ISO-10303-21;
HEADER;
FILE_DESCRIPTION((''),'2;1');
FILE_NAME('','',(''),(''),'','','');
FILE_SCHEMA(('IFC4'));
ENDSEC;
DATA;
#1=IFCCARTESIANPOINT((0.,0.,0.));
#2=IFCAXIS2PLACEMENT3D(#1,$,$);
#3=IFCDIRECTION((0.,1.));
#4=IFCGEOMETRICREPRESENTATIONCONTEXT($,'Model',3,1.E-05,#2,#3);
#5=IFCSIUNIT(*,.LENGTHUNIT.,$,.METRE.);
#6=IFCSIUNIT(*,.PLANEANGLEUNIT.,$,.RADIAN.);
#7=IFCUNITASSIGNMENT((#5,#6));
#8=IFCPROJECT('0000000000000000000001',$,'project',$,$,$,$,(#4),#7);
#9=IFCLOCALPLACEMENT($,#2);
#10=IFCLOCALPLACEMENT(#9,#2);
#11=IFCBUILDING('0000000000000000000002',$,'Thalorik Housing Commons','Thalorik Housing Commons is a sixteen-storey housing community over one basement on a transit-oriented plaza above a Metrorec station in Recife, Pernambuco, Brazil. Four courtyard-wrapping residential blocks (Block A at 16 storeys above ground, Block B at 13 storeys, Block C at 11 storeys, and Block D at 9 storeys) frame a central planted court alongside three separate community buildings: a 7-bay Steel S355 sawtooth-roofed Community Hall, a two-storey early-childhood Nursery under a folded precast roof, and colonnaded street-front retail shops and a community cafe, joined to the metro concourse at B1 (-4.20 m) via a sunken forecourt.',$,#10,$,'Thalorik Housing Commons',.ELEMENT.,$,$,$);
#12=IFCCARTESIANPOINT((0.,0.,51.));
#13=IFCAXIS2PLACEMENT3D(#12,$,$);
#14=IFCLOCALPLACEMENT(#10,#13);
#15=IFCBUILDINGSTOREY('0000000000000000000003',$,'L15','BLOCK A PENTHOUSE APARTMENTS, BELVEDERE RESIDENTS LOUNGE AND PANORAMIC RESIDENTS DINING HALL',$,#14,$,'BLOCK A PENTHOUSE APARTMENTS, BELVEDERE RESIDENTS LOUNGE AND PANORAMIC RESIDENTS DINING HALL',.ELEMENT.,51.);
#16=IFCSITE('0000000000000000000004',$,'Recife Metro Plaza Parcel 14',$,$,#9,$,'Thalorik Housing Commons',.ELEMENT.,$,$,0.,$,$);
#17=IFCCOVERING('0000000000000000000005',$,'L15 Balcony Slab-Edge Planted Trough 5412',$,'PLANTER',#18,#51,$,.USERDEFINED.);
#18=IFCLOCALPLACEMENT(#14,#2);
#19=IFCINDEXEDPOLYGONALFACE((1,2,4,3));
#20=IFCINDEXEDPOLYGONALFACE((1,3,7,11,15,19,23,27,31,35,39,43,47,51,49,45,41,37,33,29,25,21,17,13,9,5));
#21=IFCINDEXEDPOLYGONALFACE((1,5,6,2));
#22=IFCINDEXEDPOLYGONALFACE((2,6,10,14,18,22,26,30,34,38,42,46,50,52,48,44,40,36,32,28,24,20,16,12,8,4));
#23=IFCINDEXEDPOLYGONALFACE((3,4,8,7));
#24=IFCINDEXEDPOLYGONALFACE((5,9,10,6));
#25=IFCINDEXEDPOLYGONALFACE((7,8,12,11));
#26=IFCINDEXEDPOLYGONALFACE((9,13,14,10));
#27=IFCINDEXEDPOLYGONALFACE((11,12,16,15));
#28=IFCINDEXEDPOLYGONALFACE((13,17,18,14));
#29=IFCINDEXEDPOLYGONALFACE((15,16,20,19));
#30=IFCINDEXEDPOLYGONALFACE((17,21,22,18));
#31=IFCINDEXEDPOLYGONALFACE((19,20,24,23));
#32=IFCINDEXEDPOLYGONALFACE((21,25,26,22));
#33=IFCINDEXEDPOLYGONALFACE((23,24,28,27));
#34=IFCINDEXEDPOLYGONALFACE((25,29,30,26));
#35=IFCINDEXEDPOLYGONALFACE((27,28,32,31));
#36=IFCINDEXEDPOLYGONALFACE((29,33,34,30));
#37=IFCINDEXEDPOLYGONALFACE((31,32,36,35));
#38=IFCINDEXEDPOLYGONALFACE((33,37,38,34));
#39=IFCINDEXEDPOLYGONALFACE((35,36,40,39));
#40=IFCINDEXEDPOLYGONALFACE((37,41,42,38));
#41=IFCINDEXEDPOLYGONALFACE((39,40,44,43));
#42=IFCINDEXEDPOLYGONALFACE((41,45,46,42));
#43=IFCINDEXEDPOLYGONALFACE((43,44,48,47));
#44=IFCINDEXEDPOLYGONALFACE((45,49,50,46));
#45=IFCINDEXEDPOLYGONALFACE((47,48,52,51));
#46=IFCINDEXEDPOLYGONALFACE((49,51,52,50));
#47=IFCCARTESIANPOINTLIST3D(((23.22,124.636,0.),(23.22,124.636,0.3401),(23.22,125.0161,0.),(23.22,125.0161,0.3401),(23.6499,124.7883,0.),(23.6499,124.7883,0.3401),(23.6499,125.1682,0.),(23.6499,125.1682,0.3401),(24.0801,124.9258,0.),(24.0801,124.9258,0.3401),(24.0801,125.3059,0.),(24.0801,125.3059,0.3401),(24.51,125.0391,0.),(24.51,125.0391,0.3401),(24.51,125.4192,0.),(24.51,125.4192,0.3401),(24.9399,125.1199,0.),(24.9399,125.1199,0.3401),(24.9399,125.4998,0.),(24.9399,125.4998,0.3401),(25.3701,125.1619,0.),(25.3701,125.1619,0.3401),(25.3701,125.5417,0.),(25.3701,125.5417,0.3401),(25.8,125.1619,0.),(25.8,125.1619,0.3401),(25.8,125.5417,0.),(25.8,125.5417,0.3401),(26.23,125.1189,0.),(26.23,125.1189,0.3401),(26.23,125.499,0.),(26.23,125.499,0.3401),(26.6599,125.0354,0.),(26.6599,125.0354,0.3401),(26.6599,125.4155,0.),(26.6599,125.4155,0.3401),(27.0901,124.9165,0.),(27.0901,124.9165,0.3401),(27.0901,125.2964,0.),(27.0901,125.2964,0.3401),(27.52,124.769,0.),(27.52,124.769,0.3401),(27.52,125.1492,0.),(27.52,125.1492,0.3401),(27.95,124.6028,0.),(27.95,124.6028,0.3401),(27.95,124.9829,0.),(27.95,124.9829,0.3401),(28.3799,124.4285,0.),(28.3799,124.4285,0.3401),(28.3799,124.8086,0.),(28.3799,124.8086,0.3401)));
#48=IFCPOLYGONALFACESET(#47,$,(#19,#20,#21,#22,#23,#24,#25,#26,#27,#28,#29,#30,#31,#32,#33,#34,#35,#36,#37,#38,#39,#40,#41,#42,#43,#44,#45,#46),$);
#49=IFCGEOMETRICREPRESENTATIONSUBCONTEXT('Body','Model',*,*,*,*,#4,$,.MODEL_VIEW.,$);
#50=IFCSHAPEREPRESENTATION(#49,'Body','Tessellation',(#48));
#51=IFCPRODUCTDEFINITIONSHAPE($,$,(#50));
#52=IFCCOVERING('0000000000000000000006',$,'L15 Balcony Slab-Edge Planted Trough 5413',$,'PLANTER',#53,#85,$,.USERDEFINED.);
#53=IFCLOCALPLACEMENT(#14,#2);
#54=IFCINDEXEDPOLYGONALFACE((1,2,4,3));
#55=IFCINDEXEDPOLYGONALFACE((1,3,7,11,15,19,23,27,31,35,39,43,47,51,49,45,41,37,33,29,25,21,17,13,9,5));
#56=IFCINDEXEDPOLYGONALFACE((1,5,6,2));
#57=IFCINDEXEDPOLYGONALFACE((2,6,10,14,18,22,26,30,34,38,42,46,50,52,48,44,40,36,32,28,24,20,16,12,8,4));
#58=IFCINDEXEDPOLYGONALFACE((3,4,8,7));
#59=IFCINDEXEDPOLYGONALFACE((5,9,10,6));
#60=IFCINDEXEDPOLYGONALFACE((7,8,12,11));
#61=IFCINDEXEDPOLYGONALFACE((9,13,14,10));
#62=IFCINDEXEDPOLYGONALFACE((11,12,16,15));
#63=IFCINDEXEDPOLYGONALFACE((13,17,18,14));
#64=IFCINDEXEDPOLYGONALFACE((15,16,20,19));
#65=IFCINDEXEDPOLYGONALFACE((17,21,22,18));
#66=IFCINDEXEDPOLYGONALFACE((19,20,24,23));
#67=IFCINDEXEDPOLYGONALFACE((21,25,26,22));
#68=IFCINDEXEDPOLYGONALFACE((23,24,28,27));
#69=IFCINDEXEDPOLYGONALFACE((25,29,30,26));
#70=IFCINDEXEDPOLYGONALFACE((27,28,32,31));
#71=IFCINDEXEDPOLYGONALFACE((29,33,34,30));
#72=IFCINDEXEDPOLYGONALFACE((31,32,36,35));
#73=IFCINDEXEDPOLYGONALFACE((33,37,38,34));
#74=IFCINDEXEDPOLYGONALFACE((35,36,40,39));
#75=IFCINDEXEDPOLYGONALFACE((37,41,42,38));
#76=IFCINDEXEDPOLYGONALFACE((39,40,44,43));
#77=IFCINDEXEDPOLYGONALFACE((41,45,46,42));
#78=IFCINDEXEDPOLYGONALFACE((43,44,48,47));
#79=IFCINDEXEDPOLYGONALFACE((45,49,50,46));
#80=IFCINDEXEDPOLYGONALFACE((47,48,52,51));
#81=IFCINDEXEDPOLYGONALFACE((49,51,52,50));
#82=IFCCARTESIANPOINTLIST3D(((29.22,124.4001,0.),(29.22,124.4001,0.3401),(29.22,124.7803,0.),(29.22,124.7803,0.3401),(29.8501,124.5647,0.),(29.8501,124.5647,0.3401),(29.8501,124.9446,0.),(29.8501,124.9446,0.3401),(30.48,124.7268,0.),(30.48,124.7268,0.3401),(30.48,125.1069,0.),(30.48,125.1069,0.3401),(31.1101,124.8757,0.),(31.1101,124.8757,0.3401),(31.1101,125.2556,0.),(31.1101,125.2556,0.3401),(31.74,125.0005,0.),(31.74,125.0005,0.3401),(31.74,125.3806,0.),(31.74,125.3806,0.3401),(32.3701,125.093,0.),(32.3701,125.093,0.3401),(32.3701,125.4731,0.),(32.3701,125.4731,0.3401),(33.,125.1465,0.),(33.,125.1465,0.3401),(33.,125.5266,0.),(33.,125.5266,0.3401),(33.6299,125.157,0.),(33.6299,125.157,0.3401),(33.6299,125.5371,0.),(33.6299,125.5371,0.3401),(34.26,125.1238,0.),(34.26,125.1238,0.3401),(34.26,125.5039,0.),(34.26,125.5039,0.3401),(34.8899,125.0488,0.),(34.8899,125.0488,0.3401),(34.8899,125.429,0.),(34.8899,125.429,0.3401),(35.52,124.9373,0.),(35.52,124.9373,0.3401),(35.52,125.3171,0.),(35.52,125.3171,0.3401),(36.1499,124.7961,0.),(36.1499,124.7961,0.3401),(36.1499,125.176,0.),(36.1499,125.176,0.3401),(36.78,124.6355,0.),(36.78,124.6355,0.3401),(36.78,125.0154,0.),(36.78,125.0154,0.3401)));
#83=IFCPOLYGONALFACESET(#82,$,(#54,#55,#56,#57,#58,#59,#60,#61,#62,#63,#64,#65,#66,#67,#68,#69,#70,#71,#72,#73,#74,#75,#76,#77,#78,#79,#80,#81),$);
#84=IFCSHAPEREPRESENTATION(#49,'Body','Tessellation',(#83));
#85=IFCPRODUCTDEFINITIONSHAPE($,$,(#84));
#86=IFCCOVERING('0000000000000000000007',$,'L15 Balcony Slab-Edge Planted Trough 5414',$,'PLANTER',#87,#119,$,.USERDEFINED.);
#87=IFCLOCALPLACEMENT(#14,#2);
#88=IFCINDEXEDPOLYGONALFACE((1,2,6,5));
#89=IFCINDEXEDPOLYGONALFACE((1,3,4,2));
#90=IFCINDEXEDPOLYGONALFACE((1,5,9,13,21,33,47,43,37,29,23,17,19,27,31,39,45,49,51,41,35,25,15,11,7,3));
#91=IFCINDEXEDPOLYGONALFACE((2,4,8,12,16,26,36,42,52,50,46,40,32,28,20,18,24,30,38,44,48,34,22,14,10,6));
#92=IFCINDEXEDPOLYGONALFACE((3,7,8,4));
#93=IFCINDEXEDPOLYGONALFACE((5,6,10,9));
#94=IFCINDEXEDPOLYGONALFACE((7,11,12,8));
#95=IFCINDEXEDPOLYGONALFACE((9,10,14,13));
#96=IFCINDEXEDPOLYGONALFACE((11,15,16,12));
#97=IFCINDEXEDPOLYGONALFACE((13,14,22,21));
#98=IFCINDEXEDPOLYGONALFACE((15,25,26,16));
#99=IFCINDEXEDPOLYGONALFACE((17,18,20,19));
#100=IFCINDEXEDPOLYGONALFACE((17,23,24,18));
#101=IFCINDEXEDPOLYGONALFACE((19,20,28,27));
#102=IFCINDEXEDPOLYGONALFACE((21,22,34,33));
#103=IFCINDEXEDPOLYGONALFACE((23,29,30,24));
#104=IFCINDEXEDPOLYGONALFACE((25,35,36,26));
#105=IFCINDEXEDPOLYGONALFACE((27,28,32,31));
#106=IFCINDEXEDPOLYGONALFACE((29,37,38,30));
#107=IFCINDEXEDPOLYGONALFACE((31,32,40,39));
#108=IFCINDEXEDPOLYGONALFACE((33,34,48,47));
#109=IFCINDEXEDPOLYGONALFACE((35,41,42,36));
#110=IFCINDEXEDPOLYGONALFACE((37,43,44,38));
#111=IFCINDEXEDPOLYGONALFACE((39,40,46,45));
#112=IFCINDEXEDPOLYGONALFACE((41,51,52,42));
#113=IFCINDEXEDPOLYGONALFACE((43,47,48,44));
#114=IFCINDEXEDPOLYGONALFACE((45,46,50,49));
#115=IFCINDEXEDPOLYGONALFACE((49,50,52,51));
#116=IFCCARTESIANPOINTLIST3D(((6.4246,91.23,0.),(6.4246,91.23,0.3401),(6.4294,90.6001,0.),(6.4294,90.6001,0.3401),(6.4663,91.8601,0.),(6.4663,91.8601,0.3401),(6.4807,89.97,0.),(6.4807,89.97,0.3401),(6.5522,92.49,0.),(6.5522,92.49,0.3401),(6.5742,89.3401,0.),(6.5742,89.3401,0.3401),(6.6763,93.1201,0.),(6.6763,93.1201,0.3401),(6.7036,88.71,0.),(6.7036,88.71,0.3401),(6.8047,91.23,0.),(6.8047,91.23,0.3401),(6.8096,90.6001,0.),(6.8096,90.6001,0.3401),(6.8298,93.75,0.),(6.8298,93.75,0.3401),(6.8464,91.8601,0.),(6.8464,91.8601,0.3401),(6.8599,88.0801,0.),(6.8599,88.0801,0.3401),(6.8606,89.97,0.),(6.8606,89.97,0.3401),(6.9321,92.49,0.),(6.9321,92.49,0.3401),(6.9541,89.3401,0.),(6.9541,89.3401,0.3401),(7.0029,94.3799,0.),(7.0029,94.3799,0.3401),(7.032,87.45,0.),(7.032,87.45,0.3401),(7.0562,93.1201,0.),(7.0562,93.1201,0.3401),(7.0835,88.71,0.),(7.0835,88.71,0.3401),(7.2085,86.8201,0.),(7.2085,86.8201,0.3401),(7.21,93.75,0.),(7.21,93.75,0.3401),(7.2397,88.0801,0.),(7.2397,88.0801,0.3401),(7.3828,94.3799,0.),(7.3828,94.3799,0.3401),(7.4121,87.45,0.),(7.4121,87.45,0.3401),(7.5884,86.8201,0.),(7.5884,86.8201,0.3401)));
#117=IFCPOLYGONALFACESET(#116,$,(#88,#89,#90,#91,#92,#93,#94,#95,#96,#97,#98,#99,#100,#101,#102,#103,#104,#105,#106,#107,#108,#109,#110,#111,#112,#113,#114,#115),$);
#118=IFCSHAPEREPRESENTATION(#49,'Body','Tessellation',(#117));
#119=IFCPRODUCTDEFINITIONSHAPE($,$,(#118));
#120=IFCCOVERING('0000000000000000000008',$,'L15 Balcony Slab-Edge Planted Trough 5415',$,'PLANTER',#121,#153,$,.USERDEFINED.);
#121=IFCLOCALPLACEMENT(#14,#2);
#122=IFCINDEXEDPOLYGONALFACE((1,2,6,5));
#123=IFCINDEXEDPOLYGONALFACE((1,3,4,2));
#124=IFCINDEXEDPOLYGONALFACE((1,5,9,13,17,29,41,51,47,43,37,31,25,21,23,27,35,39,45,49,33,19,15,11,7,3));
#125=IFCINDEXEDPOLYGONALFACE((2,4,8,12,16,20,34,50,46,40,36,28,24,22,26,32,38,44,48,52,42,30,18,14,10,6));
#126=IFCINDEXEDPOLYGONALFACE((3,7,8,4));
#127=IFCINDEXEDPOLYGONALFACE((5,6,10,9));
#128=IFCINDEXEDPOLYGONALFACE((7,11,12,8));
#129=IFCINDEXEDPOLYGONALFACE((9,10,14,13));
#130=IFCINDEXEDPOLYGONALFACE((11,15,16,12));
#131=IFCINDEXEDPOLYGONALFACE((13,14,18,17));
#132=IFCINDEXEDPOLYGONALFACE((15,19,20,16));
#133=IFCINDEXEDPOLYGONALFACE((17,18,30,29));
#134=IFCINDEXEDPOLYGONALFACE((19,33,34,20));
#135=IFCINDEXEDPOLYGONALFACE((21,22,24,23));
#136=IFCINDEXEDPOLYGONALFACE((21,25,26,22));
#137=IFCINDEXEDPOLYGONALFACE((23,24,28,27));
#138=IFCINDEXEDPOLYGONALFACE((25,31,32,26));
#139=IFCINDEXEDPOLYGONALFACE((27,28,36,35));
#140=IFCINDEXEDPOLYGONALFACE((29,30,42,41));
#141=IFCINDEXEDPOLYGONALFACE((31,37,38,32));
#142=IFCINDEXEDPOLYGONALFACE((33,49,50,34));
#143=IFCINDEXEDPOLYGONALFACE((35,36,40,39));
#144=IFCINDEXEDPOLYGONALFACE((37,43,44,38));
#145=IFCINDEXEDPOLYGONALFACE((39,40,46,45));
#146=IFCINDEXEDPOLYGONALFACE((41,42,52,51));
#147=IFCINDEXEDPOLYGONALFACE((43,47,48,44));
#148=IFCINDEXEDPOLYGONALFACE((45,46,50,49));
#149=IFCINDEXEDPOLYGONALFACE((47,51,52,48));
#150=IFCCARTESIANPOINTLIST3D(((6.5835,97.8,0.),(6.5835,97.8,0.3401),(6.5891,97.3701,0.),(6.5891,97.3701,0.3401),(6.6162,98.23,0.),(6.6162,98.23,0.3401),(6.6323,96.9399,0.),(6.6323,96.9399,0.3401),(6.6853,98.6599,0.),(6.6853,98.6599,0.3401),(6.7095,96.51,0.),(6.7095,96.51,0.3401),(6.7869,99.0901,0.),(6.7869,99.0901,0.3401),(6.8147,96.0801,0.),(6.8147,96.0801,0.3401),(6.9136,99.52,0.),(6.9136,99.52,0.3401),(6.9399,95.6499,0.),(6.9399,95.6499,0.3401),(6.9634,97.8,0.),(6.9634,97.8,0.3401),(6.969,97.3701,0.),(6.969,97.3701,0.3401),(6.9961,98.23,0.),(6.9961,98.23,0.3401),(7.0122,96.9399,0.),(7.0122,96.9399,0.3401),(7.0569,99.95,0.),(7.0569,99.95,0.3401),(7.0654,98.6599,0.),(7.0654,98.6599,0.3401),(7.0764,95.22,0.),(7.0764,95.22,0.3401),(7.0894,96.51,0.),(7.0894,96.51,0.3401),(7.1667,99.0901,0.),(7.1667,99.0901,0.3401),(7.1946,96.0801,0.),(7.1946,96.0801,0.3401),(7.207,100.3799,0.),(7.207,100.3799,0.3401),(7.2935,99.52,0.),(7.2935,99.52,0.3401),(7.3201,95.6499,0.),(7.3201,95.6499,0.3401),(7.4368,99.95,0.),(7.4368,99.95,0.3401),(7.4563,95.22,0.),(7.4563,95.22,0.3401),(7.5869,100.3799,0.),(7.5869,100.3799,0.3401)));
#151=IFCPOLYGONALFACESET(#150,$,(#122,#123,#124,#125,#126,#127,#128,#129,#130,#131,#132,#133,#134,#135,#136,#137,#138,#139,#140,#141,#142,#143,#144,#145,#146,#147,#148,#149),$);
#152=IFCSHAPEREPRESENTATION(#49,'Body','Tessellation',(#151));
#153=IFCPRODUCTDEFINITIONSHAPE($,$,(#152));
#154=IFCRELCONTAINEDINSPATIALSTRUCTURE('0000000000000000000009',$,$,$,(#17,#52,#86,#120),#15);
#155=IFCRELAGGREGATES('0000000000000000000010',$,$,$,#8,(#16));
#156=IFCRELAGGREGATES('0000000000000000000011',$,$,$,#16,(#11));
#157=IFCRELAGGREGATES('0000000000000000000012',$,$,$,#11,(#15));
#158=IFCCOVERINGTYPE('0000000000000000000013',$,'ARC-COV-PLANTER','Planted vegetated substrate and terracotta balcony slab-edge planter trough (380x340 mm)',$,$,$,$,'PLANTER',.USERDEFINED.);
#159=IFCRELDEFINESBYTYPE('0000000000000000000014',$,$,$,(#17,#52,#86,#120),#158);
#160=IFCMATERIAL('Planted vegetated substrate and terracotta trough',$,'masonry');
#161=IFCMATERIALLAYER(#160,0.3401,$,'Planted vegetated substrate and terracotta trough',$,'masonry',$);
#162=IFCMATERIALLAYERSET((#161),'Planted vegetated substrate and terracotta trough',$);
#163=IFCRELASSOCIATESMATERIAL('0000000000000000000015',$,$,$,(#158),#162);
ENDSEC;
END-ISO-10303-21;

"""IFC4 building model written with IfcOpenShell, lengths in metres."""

from ifc_helpers import new_model, si_unit, direction, frame, origin, place, context, subcontext, project, spatial, polyline, outline, extrude, material, layer, layer_set, type_object, element, save


model = new_model("IFC4")

# Units and contexts
model_context = context("Model", 3, precision=1e-05, world=origin(), true_north=direction((0.0, 1.0)))
body_context = subcontext(model_context, "Body", "Model", "MODEL_VIEW")
ifc_project = project(units=[si_unit("LENGTHUNIT", "METRE"), si_unit("PLANEANGLEUNIT", "RADIAN")], contexts=[model_context])

# Site, building, storey
site_placement = place(None, origin())
site = spatial("IfcSite", under=ifc_project, at=site_placement, Name="Recife Metro Plaza Parcel 14", LongName="Thalorik Housing Commons", CompositionType="ELEMENT", RefElevation=0.0)
building_placement = place(site_placement, origin())
building = spatial("IfcBuilding", under=site, at=building_placement, Name="Thalorik Housing Commons", Description="Thalorik Housing Commons is a sixteen-storey housing community over one basement on a transit-oriented plaza above a Metrorec station in Recife, Pernambuco, Brazil. Four courtyard-wrapping residential blocks (Block A at 16 storeys above ground, Block B at 13 storeys, Block C at 11 storeys, and Block D at 9 storeys) frame a central planted court alongside three separate community buildings: a 7-bay Steel S355 sawtooth-roofed Community Hall, a two-storey early-childhood Nursery under a folded precast roof, and colonnaded street-front retail shops and a community cafe, joined to the metro concourse at B1 (-4.20 m) via a sunken forecourt.", LongName="Thalorik Housing Commons", CompositionType="ELEMENT")
storey_placement = place(building_placement, frame((0.0, 0.0, 51.0)))
storey = spatial("IfcBuildingStorey", under=building, at=storey_placement, Name="L15", Description="BLOCK A PENTHOUSE APARTMENTS, BELVEDERE RESIDENTS LOUNGE AND PANORAMIC RESIDENTS DINING HALL", LongName="BLOCK A PENTHOUSE APARTMENTS, BELVEDERE RESIDENTS LOUNGE AND PANORAMIC RESIDENTS DINING HALL", CompositionType="ELEMENT", Elevation=51.0)

# Coverings
ifc_material_1 = material(Name="Planted vegetated substrate and terracotta trough", Category="masonry")
ifc_layer_1 = layer(ifc_material_1, 0.3401, Name="Planted vegetated substrate and terracotta trough", Category="masonry")
ifc_layer_set_1 = layer_set([ifc_layer_1], Name="Planted vegetated substrate and terracotta trough")
covering_type_1 = type_object("IfcCoveringType", Name="ARC-COV-PLANTER", Description="Planted vegetated substrate and terracotta balcony slab-edge planter trough (380x340 mm)", ElementType="PLANTER", PredefinedType="USERDEFINED", material=ifc_layer_set_1)
covering_1_placement = place(storey_placement, origin())
element("IfcCovering", 1, at=covering_1_placement, inside=storey, type_object=covering_type_1, Name="L15 Balcony Slab-Edge Planted Trough 5412", ObjectType="PLANTER", PredefinedType="USERDEFINED", context=body_context, shape_type="SweptSolid", body=[
    extrude(outline(polyline([(28.3799, 124.8086), (27.95, 124.9829), (27.52, 125.1492), (27.0901, 125.2964), (26.6599, 125.4155), (26.23, 125.499), (25.8, 125.5417), (25.3701, 125.5417), (24.9399, 125.4998), (24.51, 125.4192), (24.0801, 125.3059), (23.6499, 125.1682), (23.22, 125.0161), (23.22, 124.636), (23.6499, 124.7883), (24.0801, 124.9258), (24.51, 125.0391), (24.9399, 125.1199), (25.3701, 125.1619), (25.8, 125.1619), (26.23, 125.1189), (26.6599, 125.0354), (27.0901, 124.9165), (27.52, 124.769), (27.95, 124.6028), (28.3799, 124.4285), (28.3799, 124.8086)])), origin(), (0.0, 0.0, 1.0), 0.3401),
])
covering_2_placement = place(storey_placement, origin())
element("IfcCovering", 2, at=covering_2_placement, inside=storey, type_object=covering_type_1, Name="L15 Balcony Slab-Edge Planted Trough 5413", ObjectType="PLANTER", PredefinedType="USERDEFINED", context=body_context, shape_type="SweptSolid", body=[
    extrude(outline(polyline([(36.78, 125.0154), (36.1499, 125.176), (35.52, 125.3171), (34.8899, 125.429), (34.26, 125.5039), (33.6299, 125.5371), (33.0, 125.5266), (32.3701, 125.4731), (31.74, 125.3806), (31.1101, 125.2556), (30.48, 125.1069), (29.8501, 124.9446), (29.22, 124.7803), (29.22, 124.4001), (29.8501, 124.5647), (30.48, 124.7268), (31.1101, 124.8757), (31.74, 125.0005), (32.3701, 125.093), (33.0, 125.1465), (33.6299, 125.157), (34.26, 125.1238), (34.8899, 125.0488), (35.52, 124.9373), (36.1499, 124.7961), (36.78, 124.6355), (36.78, 125.0154)])), origin(), (0.0, 0.0, 1.0), 0.3401),
])
covering_3_placement = place(storey_placement, origin())
element("IfcCovering", 3, at=covering_3_placement, inside=storey, type_object=covering_type_1, Name="L15 Balcony Slab-Edge Planted Trough 5414", ObjectType="PLANTER", PredefinedType="USERDEFINED", context=body_context, shape_type="SweptSolid", body=[
    extrude(outline(polyline([(7.0029, 94.3799), (6.8298, 93.75), (6.6763, 93.1201), (6.5522, 92.49), (6.4663, 91.8601), (6.4246, 91.23), (6.4294, 90.6001), (6.4807, 89.97), (6.5742, 89.3401), (6.7036, 88.71), (6.8599, 88.0801), (7.032, 87.45), (7.2085, 86.8201), (7.5884, 86.8201), (7.4121, 87.45), (7.2397, 88.0801), (7.0835, 88.71), (6.9541, 89.3401), (6.8606, 89.97), (6.8096, 90.6001), (6.8047, 91.23), (6.8464, 91.8601), (6.9321, 92.49), (7.0562, 93.1201), (7.21, 93.75), (7.3828, 94.3799), (7.0029, 94.3799)])), origin(), (0.0, 0.0, 1.0), 0.3401),
])
covering_4_placement = place(storey_placement, origin())
element("IfcCovering", 4, at=covering_4_placement, inside=storey, type_object=covering_type_1, Name="L15 Balcony Slab-Edge Planted Trough 5415", ObjectType="PLANTER", PredefinedType="USERDEFINED", context=body_context, shape_type="SweptSolid", body=[
    extrude(outline(polyline([(7.207, 100.3799), (7.0569, 99.95), (6.9136, 99.52), (6.7869, 99.0901), (6.6853, 98.6599), (6.6162, 98.23), (6.5835, 97.8), (6.5891, 97.3701), (6.6323, 96.9399), (6.7095, 96.51), (6.8147, 96.0801), (6.9399, 95.6499), (7.0764, 95.22), (7.4563, 95.22), (7.3201, 95.6499), (7.1946, 96.0801), (7.0894, 96.51), (7.0122, 96.9399), (6.969, 97.3701), (6.9634, 97.8), (6.9961, 98.23), (7.0654, 98.6599), (7.1667, 99.0901), (7.2935, 99.52), (7.4368, 99.95), (7.5869, 100.3799), (7.207, 100.3799)])), origin(), (0.0, 0.0, 1.0), 0.3401),
])

save(model, "model.ifc")
